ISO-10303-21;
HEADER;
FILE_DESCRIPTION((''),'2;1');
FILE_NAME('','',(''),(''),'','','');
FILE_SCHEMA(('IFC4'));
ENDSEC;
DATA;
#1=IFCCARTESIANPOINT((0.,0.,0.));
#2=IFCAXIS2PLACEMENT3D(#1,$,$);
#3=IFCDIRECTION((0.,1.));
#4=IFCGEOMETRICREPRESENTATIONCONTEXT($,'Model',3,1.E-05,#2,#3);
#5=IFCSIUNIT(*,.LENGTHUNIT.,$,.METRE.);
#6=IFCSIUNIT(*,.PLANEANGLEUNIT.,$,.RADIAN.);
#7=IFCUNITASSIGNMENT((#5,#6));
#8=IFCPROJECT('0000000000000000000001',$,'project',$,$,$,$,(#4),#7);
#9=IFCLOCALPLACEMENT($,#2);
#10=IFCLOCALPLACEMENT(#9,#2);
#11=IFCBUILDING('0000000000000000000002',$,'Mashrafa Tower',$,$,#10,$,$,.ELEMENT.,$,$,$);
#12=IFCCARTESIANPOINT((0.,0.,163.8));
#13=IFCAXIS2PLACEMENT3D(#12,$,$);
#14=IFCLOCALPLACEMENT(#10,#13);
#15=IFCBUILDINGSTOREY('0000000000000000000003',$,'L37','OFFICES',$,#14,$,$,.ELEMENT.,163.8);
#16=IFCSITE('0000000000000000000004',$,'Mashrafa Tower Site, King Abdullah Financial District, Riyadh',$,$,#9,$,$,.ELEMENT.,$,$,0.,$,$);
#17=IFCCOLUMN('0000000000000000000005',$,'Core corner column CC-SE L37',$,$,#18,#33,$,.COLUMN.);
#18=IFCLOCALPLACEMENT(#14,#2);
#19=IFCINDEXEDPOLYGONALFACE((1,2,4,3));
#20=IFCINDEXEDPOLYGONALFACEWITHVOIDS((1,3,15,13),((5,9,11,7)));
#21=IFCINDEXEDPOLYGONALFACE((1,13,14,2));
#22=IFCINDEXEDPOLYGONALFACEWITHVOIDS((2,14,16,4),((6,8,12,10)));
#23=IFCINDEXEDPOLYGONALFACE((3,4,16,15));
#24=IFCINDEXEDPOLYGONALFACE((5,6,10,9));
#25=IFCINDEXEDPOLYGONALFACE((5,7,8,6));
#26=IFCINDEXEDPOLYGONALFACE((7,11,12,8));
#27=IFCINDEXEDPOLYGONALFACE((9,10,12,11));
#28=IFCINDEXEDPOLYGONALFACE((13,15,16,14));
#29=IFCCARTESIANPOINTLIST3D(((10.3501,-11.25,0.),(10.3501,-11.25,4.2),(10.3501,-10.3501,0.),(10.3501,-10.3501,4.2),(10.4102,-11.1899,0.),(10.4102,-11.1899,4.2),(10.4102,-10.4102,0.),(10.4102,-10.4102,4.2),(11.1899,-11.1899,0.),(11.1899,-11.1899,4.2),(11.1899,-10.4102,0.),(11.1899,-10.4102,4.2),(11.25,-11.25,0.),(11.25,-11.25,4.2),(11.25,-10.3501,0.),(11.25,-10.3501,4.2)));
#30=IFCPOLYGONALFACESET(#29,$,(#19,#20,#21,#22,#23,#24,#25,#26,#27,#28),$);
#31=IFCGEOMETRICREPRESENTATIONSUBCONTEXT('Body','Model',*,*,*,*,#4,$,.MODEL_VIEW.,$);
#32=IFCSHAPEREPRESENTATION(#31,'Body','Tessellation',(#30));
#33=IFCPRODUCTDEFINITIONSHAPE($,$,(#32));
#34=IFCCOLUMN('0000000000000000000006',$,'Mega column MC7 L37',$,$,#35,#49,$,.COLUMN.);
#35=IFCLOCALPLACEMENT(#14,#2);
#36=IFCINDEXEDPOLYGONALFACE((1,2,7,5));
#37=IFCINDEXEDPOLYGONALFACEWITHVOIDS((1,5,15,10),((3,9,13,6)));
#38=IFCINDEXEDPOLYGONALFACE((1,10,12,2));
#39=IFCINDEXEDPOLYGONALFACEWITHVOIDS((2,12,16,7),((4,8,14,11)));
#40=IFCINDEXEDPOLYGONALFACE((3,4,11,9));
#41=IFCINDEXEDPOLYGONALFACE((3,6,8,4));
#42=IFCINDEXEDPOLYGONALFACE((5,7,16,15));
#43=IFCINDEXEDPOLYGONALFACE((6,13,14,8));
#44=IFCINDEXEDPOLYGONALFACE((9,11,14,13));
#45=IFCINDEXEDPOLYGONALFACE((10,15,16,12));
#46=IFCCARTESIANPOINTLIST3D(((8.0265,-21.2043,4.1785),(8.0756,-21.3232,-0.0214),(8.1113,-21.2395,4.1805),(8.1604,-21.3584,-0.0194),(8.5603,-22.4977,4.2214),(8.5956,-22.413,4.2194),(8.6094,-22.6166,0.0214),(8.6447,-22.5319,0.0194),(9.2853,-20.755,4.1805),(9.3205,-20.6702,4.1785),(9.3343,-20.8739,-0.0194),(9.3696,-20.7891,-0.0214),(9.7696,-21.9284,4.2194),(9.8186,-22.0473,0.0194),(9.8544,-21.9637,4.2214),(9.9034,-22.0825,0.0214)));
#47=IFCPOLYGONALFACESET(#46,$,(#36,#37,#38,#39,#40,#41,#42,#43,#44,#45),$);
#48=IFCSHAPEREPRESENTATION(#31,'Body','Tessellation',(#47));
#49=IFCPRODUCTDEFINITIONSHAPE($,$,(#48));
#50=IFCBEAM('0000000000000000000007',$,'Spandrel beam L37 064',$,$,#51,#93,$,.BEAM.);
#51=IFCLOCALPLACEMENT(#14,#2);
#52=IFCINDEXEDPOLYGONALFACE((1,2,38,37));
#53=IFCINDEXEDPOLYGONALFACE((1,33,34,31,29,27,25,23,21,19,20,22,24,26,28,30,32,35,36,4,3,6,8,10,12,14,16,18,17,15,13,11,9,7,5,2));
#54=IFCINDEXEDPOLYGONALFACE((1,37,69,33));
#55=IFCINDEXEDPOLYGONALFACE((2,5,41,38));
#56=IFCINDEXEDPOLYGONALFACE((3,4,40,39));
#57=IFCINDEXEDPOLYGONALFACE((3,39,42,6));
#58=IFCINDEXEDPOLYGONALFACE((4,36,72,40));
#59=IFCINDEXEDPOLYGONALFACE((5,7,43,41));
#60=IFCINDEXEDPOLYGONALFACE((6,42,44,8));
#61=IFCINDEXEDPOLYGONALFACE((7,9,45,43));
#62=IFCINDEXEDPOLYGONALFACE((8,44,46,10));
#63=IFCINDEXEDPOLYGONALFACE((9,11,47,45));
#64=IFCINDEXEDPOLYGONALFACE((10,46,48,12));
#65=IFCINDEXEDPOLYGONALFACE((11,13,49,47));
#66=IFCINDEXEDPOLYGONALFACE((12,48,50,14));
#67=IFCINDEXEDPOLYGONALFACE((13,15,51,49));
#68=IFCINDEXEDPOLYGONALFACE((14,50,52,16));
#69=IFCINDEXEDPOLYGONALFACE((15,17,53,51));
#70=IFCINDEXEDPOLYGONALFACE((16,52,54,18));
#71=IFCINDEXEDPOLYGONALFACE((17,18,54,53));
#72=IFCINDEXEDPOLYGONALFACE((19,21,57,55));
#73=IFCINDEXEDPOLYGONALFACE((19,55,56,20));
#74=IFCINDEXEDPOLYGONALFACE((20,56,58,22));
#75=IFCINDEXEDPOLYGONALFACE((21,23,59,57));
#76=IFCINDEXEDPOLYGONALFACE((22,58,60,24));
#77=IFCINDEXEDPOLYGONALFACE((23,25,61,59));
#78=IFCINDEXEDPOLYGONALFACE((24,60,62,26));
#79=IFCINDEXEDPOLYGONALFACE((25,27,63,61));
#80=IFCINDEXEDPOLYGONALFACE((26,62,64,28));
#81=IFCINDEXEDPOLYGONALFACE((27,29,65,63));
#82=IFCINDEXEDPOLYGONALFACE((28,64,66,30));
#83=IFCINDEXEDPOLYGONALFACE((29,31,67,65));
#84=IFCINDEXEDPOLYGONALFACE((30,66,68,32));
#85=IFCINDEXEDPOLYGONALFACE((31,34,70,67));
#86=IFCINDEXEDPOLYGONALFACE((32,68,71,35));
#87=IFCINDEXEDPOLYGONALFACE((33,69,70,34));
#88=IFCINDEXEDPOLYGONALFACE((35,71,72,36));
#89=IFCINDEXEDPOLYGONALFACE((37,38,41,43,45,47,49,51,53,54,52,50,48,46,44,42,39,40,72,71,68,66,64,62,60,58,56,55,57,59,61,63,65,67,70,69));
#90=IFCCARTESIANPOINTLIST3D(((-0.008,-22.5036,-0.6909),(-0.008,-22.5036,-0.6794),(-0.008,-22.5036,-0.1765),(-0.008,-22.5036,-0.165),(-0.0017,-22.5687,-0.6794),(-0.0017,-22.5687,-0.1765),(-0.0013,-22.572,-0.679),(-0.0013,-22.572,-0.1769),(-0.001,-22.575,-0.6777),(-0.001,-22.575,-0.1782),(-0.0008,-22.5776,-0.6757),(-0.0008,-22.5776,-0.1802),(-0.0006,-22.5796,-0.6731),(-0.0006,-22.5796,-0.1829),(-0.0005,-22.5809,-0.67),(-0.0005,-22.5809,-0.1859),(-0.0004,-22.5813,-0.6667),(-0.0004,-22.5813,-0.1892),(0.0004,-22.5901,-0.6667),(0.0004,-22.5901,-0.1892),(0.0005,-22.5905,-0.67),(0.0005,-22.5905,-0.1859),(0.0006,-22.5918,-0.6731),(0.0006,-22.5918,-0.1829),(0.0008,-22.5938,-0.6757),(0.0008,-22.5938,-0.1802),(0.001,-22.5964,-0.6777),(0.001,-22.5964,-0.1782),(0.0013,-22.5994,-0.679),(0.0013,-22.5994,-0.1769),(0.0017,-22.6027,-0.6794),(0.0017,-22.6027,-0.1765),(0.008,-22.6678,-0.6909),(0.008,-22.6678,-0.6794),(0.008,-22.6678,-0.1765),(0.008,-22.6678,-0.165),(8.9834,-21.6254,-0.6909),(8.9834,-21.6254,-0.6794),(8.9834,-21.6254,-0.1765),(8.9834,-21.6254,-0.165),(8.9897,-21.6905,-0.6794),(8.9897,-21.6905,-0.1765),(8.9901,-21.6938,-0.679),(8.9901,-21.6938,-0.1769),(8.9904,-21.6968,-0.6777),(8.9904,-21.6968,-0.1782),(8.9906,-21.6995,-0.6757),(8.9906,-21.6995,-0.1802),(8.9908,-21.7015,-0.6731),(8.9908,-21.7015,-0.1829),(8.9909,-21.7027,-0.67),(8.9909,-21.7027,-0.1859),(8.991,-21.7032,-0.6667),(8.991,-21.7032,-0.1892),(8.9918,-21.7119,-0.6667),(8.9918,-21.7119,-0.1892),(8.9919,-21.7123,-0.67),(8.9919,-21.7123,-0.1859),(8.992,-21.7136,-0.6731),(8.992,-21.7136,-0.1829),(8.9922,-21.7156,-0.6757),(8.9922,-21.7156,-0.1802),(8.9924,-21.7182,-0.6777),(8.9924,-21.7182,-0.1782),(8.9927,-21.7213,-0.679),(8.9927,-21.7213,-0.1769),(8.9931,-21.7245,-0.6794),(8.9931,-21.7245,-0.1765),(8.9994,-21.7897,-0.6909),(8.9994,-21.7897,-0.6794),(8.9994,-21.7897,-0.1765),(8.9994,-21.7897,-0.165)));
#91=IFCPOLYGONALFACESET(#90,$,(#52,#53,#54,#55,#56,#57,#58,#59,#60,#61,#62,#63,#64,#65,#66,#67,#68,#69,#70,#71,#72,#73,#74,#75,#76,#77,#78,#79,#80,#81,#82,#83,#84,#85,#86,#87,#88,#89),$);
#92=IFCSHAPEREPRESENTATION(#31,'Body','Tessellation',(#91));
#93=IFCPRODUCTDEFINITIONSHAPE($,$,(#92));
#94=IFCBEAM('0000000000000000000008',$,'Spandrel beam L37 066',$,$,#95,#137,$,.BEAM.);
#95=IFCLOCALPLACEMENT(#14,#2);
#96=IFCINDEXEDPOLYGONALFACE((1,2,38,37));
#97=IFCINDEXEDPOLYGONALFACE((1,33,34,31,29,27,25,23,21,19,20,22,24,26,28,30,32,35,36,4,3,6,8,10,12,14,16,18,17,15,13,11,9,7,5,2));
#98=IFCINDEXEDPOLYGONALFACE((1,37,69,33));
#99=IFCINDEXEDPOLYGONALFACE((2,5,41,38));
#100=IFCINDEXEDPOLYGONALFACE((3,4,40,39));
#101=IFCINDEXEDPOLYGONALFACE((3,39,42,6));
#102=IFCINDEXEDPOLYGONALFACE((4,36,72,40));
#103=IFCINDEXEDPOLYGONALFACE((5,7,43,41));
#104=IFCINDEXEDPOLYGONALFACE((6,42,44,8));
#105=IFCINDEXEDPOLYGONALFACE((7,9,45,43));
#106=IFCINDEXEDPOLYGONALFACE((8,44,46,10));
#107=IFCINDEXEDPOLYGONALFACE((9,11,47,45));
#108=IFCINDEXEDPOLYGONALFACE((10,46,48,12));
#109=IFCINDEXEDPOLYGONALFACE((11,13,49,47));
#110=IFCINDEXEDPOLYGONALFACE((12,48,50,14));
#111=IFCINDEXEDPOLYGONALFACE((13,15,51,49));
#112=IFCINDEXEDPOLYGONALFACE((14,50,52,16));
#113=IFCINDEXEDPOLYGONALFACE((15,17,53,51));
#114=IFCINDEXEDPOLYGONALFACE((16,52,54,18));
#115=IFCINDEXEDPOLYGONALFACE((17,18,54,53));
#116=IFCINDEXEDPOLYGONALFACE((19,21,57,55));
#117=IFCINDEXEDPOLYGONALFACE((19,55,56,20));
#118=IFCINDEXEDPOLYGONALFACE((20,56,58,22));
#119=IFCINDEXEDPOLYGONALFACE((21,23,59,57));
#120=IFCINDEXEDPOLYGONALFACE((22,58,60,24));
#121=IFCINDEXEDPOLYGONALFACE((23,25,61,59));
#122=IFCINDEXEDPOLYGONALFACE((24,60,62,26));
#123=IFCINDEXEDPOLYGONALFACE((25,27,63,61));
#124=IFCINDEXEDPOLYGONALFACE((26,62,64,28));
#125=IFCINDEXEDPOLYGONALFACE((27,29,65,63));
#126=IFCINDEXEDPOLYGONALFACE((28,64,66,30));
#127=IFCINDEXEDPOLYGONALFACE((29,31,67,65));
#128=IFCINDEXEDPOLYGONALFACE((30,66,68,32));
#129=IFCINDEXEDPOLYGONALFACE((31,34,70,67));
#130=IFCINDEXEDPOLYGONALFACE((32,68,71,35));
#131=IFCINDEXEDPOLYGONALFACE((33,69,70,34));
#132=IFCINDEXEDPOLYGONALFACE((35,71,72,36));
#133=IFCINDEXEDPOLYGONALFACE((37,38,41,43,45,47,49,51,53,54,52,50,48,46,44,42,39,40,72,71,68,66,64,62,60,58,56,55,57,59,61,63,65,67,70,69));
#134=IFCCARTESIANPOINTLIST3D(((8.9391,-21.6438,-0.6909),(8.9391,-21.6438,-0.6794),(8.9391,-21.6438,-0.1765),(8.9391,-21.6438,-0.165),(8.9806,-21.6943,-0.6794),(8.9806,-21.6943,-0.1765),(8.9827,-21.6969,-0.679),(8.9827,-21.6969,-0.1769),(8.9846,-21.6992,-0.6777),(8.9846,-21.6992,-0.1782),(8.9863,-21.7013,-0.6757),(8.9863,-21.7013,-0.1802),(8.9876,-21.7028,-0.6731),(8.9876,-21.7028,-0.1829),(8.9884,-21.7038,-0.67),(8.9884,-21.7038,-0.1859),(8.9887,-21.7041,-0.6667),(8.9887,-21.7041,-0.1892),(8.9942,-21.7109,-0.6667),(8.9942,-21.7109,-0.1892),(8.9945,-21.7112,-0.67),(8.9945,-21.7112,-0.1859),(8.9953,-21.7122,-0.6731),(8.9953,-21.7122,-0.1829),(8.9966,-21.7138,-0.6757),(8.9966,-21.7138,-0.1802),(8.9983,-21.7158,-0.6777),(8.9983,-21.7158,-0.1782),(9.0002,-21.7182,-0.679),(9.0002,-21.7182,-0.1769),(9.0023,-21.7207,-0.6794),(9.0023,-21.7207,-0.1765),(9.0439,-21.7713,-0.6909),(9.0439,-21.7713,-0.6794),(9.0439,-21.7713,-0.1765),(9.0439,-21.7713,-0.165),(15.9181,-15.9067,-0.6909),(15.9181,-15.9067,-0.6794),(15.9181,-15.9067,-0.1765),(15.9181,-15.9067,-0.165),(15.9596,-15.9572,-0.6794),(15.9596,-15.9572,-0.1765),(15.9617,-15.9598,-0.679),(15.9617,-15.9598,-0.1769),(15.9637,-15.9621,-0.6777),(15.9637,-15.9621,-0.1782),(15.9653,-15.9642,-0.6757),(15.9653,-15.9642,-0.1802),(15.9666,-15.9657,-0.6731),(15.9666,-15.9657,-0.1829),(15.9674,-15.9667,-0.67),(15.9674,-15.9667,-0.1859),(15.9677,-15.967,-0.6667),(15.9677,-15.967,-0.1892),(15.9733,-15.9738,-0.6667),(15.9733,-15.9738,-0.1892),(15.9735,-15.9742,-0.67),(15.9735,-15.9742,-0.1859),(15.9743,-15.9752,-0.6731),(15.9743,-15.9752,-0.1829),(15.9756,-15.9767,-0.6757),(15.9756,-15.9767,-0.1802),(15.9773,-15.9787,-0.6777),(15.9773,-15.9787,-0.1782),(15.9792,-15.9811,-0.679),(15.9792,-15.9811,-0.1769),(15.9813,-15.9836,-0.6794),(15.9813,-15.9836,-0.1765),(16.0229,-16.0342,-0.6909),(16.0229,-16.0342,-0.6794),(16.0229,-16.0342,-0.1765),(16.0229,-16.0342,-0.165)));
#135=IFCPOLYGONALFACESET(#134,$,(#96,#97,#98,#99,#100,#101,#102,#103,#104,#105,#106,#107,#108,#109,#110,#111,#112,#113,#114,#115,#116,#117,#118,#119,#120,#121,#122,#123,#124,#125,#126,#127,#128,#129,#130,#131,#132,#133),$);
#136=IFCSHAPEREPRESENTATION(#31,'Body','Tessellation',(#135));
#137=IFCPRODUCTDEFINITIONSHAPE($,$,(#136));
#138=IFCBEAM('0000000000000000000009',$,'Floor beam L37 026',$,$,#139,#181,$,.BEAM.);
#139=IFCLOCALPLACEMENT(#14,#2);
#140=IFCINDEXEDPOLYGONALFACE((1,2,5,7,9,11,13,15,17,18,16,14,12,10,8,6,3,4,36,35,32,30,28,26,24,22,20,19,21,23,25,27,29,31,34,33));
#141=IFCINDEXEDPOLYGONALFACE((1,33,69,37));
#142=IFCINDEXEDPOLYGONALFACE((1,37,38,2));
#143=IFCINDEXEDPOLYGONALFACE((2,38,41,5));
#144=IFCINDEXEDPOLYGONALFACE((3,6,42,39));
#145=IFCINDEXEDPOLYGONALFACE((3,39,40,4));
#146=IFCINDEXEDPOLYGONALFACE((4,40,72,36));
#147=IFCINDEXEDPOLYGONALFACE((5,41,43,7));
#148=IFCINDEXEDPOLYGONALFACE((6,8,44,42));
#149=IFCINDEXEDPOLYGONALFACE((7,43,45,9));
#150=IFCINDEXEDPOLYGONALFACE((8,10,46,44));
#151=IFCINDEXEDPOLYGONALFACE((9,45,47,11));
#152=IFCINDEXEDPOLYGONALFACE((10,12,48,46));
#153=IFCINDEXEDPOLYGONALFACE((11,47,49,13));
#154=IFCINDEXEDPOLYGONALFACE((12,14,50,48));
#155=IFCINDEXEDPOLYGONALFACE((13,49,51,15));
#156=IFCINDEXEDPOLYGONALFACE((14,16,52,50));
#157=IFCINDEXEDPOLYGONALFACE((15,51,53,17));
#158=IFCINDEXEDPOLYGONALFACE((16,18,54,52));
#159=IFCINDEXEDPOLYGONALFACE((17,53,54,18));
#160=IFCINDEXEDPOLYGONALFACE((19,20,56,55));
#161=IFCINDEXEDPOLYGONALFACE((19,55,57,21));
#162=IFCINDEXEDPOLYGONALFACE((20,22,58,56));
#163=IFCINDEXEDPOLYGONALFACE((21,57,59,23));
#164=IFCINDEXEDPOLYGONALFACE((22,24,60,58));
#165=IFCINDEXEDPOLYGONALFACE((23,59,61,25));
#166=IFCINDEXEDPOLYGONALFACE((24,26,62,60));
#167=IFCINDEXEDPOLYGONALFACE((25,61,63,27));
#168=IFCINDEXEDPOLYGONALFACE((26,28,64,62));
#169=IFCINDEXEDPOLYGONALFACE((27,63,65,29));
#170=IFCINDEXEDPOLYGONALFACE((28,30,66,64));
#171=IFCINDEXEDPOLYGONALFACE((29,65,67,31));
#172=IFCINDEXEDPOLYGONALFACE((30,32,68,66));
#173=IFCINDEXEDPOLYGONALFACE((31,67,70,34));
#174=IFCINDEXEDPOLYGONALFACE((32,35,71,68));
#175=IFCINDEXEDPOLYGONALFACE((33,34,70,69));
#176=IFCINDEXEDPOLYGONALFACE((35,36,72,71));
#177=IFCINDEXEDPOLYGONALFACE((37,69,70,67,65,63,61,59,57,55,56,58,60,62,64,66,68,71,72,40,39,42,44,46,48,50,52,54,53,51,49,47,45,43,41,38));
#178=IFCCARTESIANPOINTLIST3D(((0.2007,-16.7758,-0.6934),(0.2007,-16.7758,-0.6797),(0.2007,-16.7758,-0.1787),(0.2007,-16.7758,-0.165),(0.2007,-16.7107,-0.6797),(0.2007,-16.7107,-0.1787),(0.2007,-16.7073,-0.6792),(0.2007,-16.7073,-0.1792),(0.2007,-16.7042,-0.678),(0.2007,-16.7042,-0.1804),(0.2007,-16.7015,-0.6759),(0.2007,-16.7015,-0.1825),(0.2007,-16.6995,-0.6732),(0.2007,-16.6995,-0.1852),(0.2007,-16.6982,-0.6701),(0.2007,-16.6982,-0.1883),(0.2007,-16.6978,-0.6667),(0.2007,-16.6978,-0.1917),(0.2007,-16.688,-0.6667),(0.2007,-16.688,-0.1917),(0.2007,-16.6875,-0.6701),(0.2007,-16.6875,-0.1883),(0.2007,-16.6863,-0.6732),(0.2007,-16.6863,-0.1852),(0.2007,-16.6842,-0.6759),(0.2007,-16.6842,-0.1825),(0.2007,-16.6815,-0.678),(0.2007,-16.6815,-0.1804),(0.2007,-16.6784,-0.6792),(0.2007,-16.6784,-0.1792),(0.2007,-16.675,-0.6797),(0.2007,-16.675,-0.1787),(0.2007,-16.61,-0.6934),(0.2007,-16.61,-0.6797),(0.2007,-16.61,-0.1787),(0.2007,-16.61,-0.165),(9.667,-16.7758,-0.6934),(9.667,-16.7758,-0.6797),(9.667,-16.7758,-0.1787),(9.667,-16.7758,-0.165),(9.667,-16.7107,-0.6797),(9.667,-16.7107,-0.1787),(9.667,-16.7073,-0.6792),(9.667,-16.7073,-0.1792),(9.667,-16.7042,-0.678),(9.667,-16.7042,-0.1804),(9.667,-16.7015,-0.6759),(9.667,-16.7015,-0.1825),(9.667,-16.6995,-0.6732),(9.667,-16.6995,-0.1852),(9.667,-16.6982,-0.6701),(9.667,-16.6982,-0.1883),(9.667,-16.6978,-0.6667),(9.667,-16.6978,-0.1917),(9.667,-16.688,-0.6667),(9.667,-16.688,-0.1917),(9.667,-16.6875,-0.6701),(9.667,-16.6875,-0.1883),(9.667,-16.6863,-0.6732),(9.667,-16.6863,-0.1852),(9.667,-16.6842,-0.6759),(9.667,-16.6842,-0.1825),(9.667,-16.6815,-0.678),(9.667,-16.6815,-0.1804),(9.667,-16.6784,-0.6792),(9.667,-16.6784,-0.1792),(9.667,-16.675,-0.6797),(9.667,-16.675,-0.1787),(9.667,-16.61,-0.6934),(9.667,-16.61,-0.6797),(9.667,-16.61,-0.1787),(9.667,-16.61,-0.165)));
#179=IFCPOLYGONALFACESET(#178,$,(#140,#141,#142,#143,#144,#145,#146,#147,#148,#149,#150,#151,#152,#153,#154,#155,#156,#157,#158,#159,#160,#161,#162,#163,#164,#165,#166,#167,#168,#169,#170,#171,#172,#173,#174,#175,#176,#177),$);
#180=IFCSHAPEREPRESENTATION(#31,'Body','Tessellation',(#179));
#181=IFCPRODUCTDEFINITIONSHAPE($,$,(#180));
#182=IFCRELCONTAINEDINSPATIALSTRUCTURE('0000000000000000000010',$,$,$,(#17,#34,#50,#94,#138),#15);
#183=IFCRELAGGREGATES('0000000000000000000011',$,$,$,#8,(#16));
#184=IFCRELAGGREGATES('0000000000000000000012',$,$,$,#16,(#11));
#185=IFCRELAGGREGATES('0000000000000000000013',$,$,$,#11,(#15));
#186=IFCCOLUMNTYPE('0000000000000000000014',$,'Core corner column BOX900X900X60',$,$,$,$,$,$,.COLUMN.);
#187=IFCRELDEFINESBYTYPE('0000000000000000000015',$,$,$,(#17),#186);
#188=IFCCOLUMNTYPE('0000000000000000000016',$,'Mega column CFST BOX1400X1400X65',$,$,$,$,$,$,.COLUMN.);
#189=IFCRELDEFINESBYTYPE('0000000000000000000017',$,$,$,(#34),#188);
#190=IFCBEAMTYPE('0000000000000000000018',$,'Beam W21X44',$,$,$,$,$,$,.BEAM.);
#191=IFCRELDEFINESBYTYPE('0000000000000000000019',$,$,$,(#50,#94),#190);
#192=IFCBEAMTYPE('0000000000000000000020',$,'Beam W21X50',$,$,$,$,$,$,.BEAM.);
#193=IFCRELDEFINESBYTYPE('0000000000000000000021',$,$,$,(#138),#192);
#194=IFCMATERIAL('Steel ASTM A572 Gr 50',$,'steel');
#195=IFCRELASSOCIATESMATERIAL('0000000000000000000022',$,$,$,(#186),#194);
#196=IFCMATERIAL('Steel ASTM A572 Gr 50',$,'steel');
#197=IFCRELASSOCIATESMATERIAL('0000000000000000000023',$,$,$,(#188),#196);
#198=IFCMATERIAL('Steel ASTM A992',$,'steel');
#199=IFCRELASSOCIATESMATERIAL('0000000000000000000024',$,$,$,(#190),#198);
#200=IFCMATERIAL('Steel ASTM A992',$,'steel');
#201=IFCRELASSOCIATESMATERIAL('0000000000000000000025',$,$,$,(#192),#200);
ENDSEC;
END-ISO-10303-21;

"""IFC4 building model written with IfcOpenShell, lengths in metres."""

from ifc_helpers import new_model, si_unit, direction, frame, origin, origin_2d, place, context, subcontext, project, spatial, hollow_rectangle, i_section, extrude, material, material_profile, profile_set, type_object, element, save


model = new_model("IFC4")

# Units and contexts
model_context = context("Model", 3, precision=1e-05, world=origin(), true_north=direction((0.0, 1.0)))
body_context = subcontext(model_context, "Body", "Model", "MODEL_VIEW")
ifc_project = project(units=[si_unit("LENGTHUNIT", "METRE"), si_unit("PLANEANGLEUNIT", "RADIAN")], contexts=[model_context])

# Site, building, storey
site_placement = place(None, origin())
site = spatial("IfcSite", under=ifc_project, at=site_placement, Name="Mashrafa Tower Site, King Abdullah Financial District, Riyadh", CompositionType="ELEMENT", RefElevation=0.0)
building_placement = place(site_placement, origin())
building = spatial("IfcBuilding", under=site, at=building_placement, Name="Mashrafa Tower", CompositionType="ELEMENT")
storey_placement = place(building_placement, frame((0.0, 0.0, 163.8)))
storey = spatial("IfcBuildingStorey", under=building, at=storey_placement, Name="L37", Description="OFFICES", CompositionType="ELEMENT", Elevation=163.8)

# Columns
ifc_material_1 = material(Name="Steel ASTM A572 Gr 50", Category="steel")
ifc_material_profile_1 = material_profile(ifc_material_1, hollow_rectangle(XDim=0.8999, YDim=0.8999, WallThickness=0.0601, at=origin_2d()), Name="BOX900X900X60")
ifc_profile_set_1 = profile_set([ifc_material_profile_1], Name="Steel ASTM A572 Gr 50")
column_type_1 = type_object("IfcColumnType", Name="Core corner column BOX900X900X60", PredefinedType="COLUMN", material=ifc_profile_set_1)
column_1_placement = place(storey_placement, frame((10.8, -10.8, 0.0), z_axis=(0.0, 0.0, 1.0), x_axis=(1.0, 0.0, 0.0)))
element("IfcColumn", 1, at=column_1_placement, inside=storey, type_object=column_type_1, Name="Core corner column CC-SE L37", PredefinedType="COLUMN", context=body_context, shape_type="SweptSolid", body=[
    extrude(hollow_rectangle(XDim=0.8999, YDim=0.8999, WallThickness=0.0601, at=origin_2d()), origin(), (0.0, 0.0, 1.0), 4.2),
])
ifc_material_2 = material(Name="Steel ASTM A572 Gr 50", Category="steel")
ifc_material_profile_2 = material_profile(ifc_material_2, hollow_rectangle(XDim=1.3999, YDim=1.3999, WallThickness=0.0649, at=origin_2d()), Name="BOX1400X1400X65")
ifc_profile_set_2 = profile_set([ifc_material_profile_2], Name="Steel ASTM A572 Gr 50")
column_type_2 = type_object("IfcColumnType", Name="Mega column CFST BOX1400X1400X65", PredefinedType="COLUMN", material=ifc_profile_set_2)
column_2_placement = place(storey_placement, frame((8.9895, -21.7029, 0.0), z_axis=(-0.011679, 0.028296, 0.999531), x_axis=(-0.924363, -0.381513, 0.0)))
element("IfcColumn", 2, at=column_2_placement, inside=storey, type_object=column_type_2, Name="Mega column MC7 L37", PredefinedType="COLUMN", context=body_context, shape_type="SweptSolid", body=[
    extrude(hollow_rectangle(XDim=1.3999, YDim=1.3999, WallThickness=0.0649, at=origin_2d()), origin(), (0.0, 0.0, 1.0), 4.2019),
])

# Beams
ifc_material_3 = material(Name="Steel ASTM A992", Category="steel")
ifc_material_profile_3 = material_profile(ifc_material_3, i_section(OverallWidth=0.165, OverallDepth=0.5259, WebThickness=0.0088, FlangeThickness=0.0115, FilletRadius=0.0127, at=origin_2d()), Name="W21X44")
ifc_profile_set_3 = profile_set([ifc_material_profile_3], Name="Steel ASTM A992")
beam_type_1 = type_object("IfcBeamType", Name="Beam W21X44", PredefinedType="BEAM", material=ifc_profile_set_3)
beam_1_placement = place(storey_placement, frame((0.0, -22.5857, -0.428), z_axis=(0.995264, 0.097205, 0.0), x_axis=(-0.097205, 0.995264, 0.0)))
element("IfcBeam", 3, at=beam_1_placement, inside=storey, type_object=beam_type_1, Name="Spandrel beam L37 064", PredefinedType="BEAM", context=body_context, shape_type="SweptSolid", body=[
    extrude(i_section(OverallWidth=0.165, OverallDepth=0.5259, WebThickness=0.0088, FlangeThickness=0.0115, FilletRadius=0.0127, at=origin_2d()), origin(), (0.0, 0.0, 1.0), 9.0342),
])
beam_2_placement = place(storey_placement, frame((8.9915, -21.7075, -0.428), z_axis=(0.772492, 0.635024, 0.0), x_axis=(-0.635024, 0.772492, 0.0)))
element("IfcBeam", 4, at=beam_2_placement, inside=storey, type_object=beam_type_1, Name="Spandrel beam L37 066", PredefinedType="BEAM", context=body_context, shape_type="SweptSolid", body=[
    extrude(i_section(OverallWidth=0.165, OverallDepth=0.5259, WebThickness=0.0088, FlangeThickness=0.0115, FilletRadius=0.0127, at=origin_2d()), origin(), (0.0, 0.0, 1.0), 9.0344),
])
ifc_material_4 = material(Name="Steel ASTM A992", Category="steel")
ifc_material_profile_4 = material_profile(ifc_material_4, i_section(OverallWidth=0.1658, OverallDepth=0.5283, WebThickness=0.0098, FlangeThickness=0.0137, FilletRadius=0.0129, at=origin_2d()), Name="W21X50")
ifc_profile_set_4 = profile_set([ifc_material_profile_4], Name="Steel ASTM A992")
beam_type_2 = type_object("IfcBeamType", Name="Beam W21X50", PredefinedType="BEAM", material=ifc_profile_set_4)
beam_3_placement = place(storey_placement, frame((9.667, -16.6929, -0.4292), z_axis=(-1.0, 0.0, 0.0), x_axis=(0.0, -1.0, 0.0)))
element("IfcBeam", 5, at=beam_3_placement, inside=storey, type_object=beam_type_2, Name="Floor beam L37 026", PredefinedType="BEAM", context=body_context, shape_type="SweptSolid", body=[
    extrude(i_section(OverallWidth=0.1658, OverallDepth=0.5283, WebThickness=0.0098, FlangeThickness=0.0137, FilletRadius=0.0129, at=origin_2d()), origin(), (0.0, 0.0, 1.0), 9.4663),
])

save(model, "model.ifc")
